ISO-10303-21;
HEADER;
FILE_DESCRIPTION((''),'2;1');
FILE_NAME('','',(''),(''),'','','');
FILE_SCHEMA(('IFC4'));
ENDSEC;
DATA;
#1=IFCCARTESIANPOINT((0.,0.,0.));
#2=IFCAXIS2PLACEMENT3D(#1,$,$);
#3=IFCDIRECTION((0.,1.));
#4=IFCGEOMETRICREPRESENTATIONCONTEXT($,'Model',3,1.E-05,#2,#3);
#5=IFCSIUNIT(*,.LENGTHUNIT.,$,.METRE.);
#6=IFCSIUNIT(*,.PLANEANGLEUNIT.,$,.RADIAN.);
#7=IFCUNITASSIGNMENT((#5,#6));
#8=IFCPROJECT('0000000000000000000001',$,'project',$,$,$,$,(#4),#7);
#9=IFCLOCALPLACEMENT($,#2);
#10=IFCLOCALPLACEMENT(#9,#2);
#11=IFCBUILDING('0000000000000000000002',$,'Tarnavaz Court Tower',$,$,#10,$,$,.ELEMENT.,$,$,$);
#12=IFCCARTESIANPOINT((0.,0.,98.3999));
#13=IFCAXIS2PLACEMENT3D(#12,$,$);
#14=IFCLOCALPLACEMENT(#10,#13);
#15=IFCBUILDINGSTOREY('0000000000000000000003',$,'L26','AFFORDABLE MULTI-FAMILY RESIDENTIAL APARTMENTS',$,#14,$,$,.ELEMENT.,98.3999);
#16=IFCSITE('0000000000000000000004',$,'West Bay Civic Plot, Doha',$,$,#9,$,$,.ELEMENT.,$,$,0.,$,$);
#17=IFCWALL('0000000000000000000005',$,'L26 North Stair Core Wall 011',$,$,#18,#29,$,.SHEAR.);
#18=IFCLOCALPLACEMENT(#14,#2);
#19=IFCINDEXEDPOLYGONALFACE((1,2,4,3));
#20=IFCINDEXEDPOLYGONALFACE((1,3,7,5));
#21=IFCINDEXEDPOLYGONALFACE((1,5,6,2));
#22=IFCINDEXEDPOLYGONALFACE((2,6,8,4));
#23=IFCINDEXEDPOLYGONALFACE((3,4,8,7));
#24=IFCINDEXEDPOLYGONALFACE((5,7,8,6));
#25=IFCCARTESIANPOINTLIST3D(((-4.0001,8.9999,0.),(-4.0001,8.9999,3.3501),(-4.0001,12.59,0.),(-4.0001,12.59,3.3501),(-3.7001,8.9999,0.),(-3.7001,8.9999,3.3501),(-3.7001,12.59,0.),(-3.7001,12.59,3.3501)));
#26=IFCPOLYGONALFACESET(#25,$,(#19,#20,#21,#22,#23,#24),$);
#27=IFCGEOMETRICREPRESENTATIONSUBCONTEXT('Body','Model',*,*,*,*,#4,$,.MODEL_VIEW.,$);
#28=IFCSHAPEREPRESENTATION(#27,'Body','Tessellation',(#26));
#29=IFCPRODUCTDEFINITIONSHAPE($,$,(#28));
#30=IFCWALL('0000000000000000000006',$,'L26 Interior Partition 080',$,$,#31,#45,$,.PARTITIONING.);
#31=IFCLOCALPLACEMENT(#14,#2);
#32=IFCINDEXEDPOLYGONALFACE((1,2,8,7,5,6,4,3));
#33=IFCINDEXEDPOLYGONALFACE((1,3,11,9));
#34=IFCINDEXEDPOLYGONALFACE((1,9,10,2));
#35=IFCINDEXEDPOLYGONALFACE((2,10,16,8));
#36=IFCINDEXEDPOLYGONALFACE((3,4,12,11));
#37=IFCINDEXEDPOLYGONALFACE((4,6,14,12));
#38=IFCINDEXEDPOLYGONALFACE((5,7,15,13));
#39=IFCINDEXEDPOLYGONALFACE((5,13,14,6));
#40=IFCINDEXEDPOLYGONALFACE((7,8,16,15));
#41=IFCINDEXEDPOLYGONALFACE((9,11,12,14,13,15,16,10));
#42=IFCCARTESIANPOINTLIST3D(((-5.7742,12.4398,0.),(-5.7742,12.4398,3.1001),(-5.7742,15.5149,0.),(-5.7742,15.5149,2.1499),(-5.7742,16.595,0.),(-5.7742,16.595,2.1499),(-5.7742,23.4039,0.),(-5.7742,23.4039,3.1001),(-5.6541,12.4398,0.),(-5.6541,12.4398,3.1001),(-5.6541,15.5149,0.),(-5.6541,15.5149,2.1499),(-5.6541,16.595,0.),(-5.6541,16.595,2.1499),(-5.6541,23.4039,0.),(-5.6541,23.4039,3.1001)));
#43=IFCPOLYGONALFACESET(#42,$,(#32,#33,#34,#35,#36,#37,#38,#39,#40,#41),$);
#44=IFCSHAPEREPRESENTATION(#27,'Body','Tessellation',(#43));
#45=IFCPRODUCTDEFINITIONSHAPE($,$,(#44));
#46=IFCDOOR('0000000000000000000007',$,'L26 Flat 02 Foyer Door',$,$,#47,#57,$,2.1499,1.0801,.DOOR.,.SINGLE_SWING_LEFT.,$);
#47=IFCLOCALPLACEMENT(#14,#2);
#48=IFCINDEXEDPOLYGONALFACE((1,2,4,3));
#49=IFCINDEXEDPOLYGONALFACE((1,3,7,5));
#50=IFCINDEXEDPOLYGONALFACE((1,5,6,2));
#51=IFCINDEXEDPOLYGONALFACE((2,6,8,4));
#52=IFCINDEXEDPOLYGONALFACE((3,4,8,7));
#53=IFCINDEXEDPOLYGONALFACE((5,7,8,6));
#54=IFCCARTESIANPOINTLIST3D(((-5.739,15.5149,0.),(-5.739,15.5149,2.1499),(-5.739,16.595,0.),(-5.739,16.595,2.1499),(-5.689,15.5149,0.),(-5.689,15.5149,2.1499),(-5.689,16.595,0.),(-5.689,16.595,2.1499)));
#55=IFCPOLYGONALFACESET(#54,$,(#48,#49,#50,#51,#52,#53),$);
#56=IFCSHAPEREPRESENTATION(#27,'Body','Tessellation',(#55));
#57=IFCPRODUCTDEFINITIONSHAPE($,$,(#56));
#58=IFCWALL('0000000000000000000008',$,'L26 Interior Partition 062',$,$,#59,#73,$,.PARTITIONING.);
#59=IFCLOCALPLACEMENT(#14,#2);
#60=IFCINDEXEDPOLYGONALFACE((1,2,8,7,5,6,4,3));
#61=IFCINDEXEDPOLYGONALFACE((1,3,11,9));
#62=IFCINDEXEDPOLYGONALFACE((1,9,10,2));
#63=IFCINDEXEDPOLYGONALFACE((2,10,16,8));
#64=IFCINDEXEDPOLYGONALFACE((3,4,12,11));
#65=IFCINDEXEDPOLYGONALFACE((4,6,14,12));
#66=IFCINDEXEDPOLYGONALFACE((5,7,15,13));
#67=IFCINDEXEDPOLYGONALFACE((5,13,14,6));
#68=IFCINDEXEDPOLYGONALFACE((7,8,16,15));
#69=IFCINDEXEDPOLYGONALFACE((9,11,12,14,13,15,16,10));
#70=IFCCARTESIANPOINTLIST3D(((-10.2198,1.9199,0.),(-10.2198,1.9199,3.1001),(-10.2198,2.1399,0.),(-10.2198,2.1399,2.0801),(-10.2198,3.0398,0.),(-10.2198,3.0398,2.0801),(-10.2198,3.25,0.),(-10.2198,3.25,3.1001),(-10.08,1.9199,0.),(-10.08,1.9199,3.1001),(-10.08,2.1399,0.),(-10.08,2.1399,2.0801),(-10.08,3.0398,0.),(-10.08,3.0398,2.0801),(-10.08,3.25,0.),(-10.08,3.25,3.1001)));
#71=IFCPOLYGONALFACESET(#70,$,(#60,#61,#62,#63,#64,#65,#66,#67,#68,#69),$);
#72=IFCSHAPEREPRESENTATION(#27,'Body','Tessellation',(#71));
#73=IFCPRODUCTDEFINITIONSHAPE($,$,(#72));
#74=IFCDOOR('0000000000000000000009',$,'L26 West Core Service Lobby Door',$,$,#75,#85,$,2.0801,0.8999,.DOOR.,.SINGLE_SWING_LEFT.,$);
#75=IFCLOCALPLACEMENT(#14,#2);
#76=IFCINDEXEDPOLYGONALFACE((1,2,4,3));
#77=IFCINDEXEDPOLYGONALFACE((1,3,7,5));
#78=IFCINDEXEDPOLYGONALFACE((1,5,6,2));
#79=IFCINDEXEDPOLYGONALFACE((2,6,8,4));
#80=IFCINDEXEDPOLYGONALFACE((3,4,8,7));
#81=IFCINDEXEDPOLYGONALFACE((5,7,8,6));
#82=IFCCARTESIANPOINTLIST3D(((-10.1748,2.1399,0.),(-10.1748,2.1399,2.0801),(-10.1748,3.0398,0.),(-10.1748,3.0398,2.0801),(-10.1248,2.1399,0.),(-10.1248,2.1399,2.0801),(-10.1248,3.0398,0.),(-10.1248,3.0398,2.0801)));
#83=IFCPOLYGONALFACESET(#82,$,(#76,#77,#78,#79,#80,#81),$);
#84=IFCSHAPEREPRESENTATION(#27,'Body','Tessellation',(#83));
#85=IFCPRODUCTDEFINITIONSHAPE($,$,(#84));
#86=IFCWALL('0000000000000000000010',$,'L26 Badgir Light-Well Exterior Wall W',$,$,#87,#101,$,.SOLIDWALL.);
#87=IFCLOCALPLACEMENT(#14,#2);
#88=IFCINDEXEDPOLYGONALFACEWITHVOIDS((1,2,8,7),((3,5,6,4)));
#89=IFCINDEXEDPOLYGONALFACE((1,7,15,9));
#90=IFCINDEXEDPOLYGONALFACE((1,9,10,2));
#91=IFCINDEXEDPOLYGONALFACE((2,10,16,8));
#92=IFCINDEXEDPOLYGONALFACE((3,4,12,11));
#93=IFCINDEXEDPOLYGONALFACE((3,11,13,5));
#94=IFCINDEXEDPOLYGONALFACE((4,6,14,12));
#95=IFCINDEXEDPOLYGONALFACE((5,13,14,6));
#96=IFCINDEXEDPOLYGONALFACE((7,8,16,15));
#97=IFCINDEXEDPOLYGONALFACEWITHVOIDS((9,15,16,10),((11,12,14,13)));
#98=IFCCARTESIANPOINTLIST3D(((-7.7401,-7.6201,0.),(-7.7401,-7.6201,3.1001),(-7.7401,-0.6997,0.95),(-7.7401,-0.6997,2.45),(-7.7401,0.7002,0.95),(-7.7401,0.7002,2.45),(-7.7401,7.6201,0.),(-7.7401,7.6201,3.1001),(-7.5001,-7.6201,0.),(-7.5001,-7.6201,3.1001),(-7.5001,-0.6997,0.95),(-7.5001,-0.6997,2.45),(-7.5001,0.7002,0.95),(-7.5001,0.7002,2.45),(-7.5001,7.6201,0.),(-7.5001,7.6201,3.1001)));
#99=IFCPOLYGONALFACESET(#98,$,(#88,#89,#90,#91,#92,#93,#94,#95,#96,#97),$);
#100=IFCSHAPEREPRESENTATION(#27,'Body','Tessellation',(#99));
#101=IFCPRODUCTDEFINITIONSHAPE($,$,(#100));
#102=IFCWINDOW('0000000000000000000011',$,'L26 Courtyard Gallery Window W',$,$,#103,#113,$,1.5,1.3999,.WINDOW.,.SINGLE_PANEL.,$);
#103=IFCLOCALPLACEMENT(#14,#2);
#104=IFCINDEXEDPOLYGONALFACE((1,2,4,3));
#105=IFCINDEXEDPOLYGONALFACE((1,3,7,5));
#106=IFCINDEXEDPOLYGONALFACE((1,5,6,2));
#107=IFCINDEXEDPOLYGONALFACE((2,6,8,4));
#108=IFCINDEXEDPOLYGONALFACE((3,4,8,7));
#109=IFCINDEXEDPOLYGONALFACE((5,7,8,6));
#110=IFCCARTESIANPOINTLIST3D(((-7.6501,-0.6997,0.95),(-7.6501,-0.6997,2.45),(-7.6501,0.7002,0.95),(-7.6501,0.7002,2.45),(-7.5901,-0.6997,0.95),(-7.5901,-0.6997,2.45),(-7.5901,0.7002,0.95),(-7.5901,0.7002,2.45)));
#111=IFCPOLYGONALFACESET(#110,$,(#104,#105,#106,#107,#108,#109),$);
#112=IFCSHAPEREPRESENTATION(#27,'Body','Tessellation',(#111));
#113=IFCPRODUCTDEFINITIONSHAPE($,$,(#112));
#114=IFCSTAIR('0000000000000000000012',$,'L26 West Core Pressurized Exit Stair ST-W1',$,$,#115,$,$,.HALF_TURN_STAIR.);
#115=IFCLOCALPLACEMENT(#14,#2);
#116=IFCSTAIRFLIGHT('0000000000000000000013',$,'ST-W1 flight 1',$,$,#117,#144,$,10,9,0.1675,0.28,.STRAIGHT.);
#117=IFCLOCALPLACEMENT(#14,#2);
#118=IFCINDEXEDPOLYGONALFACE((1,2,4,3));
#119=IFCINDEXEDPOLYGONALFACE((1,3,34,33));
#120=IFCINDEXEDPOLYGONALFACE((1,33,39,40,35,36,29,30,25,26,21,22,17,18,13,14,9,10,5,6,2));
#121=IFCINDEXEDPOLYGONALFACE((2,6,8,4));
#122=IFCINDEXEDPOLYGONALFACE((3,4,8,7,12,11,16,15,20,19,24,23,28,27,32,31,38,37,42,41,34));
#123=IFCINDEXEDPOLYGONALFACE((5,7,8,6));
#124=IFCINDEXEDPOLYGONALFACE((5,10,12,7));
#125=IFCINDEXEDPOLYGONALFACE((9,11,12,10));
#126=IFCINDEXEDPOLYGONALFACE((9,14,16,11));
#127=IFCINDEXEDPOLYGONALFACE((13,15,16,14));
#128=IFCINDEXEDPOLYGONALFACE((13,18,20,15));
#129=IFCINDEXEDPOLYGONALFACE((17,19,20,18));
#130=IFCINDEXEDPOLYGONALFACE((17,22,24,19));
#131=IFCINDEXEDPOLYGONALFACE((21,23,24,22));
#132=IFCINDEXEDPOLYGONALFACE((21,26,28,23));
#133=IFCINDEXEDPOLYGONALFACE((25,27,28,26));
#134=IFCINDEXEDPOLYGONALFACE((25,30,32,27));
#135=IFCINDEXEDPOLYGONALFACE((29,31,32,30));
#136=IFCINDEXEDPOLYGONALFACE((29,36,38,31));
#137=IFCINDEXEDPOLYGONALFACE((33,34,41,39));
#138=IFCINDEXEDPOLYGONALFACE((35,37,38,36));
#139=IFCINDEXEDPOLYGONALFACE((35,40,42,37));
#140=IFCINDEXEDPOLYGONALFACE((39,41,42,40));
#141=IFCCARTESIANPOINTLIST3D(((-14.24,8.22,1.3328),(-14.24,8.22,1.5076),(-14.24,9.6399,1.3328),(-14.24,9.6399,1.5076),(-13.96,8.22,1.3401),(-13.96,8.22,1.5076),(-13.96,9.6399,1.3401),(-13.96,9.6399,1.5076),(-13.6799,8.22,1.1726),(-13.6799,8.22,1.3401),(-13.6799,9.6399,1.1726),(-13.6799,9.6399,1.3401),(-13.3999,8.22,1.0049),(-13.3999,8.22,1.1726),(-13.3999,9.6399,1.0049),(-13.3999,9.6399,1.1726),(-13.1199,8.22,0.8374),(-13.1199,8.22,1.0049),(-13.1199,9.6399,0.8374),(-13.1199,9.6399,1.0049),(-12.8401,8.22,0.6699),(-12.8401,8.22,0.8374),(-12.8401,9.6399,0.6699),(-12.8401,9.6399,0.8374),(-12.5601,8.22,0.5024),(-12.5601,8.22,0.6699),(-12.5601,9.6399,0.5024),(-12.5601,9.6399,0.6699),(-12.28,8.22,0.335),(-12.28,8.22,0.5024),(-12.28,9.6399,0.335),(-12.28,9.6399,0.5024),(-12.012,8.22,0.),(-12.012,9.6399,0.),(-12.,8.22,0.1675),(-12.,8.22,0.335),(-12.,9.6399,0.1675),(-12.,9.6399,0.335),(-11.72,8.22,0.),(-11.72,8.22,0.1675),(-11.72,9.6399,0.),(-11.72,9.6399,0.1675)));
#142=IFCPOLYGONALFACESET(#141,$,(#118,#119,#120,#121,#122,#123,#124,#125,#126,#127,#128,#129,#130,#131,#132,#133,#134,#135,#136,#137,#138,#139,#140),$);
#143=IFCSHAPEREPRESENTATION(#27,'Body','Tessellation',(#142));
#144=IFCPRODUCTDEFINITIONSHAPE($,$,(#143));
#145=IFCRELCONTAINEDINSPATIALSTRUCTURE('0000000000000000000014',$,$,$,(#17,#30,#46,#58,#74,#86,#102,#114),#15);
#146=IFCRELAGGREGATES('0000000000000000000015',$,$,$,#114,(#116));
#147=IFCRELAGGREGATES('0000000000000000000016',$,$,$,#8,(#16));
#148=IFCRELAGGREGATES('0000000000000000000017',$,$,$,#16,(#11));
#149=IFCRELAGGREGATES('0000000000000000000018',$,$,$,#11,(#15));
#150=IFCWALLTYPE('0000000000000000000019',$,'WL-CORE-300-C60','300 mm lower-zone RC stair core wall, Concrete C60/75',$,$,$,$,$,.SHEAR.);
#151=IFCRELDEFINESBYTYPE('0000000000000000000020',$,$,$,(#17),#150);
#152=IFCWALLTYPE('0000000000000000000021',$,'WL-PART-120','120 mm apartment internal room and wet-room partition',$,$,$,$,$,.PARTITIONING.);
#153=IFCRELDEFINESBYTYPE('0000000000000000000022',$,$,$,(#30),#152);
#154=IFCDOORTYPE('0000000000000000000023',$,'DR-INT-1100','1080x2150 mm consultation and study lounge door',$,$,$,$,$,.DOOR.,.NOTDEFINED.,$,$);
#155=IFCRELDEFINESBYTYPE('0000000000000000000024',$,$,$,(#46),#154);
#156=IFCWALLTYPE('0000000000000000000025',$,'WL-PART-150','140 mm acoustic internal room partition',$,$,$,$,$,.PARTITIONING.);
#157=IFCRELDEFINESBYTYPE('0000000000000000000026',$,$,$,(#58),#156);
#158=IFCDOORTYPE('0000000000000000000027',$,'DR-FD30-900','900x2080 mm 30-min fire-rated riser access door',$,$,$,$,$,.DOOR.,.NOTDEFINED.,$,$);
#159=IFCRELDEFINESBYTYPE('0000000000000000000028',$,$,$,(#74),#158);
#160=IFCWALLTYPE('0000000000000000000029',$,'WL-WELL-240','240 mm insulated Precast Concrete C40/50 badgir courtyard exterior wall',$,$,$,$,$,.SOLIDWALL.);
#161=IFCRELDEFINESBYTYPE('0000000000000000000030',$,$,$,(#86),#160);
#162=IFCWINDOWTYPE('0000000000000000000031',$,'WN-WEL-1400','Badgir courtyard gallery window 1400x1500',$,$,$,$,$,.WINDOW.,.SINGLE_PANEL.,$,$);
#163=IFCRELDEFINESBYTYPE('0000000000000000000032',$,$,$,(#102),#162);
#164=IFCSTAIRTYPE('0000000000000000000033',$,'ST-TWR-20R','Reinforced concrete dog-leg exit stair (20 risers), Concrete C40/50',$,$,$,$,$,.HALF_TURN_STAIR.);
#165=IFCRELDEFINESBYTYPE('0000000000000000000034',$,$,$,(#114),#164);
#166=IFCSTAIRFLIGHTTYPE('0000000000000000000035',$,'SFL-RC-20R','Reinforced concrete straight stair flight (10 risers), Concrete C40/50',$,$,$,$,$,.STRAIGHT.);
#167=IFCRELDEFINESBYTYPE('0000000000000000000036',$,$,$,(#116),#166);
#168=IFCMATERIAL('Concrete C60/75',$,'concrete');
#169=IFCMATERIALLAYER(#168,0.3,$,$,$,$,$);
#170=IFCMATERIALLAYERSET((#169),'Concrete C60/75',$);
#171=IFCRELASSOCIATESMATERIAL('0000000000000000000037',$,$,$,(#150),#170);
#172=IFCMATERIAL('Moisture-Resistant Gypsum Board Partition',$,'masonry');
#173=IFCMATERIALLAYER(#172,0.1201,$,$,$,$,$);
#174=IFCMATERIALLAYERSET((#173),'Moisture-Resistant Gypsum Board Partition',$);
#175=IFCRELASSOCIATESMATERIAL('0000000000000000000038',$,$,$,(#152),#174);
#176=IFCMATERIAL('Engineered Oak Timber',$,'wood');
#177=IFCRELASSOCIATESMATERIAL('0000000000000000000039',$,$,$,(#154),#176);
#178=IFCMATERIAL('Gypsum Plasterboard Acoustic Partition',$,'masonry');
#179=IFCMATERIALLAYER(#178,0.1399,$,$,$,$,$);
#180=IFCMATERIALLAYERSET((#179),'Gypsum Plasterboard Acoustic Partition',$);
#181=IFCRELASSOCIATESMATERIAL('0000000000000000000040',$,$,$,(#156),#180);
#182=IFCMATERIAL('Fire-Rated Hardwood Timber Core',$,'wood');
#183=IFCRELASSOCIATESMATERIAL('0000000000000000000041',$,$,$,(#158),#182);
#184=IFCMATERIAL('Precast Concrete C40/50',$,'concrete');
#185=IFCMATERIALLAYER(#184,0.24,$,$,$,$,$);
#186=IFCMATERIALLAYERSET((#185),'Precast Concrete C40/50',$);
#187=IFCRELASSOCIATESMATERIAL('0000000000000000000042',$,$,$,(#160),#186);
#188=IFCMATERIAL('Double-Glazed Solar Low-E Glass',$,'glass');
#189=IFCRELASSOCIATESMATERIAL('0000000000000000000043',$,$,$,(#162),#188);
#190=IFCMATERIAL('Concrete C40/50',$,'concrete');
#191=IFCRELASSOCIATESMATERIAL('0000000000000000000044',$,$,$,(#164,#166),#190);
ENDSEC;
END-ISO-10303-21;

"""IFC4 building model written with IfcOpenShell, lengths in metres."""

from ifc_helpers import new_model, si_unit, direction, frame, frame_2d, origin, place, context, subcontext, project, spatial, polyline, rectangle, outline, extrude, material, layer, layer_set, type_object, element, fill, aggregate, save


model = new_model("IFC4")

# Units and contexts
model_context = context("Model", 3, precision=1e-05, world=origin(), true_north=direction((0.0, 1.0)))
body_context = subcontext(model_context, "Body", "Model", "MODEL_VIEW")
ifc_project = project(units=[si_unit("LENGTHUNIT", "METRE"), si_unit("PLANEANGLEUNIT", "RADIAN")], contexts=[model_context])

# Site, building, storey
site_placement = place(None, origin())
site = spatial("IfcSite", under=ifc_project, at=site_placement, Name="West Bay Civic Plot, Doha", CompositionType="ELEMENT", RefElevation=0.0)
building_placement = place(site_placement, origin())
building = spatial("IfcBuilding", under=site, at=building_placement, Name="Tarnavaz Court Tower", CompositionType="ELEMENT")
storey_placement = place(building_placement, frame((0.0, 0.0, 98.3999)))
storey = spatial("IfcBuildingStorey", under=building, at=storey_placement, Name="L26", Description="AFFORDABLE MULTI-FAMILY RESIDENTIAL APARTMENTS", CompositionType="ELEMENT", Elevation=98.3999)

# Shared definitions
ifc_material_1 = material(Name="Concrete C60/75", Category="concrete")

# Shared definitions
ifc_layer_1 = layer(ifc_material_1, 0.3)
ifc_layer_set_1 = layer_set([ifc_layer_1], Name="Concrete C60/75")
wall_type_1 = type_object("IfcWallType", Name="WL-CORE-300-C60", Description="300 mm lower-zone RC stair core wall, Concrete C60/75", PredefinedType="SHEAR", material=ifc_layer_set_1)

# Shared definitions
ifc_material_2 = material(Name="Fire-Rated Hardwood Timber Core", Category="wood")

# Wall
wall_1_placement = place(storey_placement, frame((-3.8501, 9.0, 0.0), z_axis=(0.0, 0.0, 1.0), x_axis=(0.0, 1.0, 0.0)))
element("IfcWall", 1, at=wall_1_placement, inside=storey, type_object=wall_type_1, Name="L26 North Stair Core Wall 011", PredefinedType="SHEAR", context=body_context, shape_type="SweptSolid", body=[
    extrude(rectangle(XDim=3.5901, YDim=0.3, at=frame_2d((1.7949, 0.0))), origin(), (0.0, 0.0, 1.0), 3.3501),
])

# Walls, openings, doors
ifc_material_3 = material(Name="Moisture-Resistant Gypsum Board Partition", Category="masonry")
ifc_layer_2 = layer(ifc_material_3, 0.1201)
ifc_layer_set_2 = layer_set([ifc_layer_2], Name="Moisture-Resistant Gypsum Board Partition")
wall_type_2 = type_object("IfcWallType", Name="WL-PART-120", Description="120 mm apartment internal room and wet-room partition", PredefinedType="PARTITIONING", material=ifc_layer_set_2)
wall_2_placement = place(storey_placement, frame((-5.7141, 12.4399, 0.0), z_axis=(0.0, 0.0, 1.0), x_axis=(0.0, 1.0, 0.0)))
wall_2 = element("IfcWall", 2, at=wall_2_placement, inside=storey, type_object=wall_type_2, Name="L26 Interior Partition 080", PredefinedType="PARTITIONING", context=body_context, shape_type="SweptSolid", body=[
    extrude(rectangle(XDim=10.9641, YDim=0.1201, at=frame_2d((5.4819, 0.0))), origin(), (0.0, 0.0, 1.0), 3.1001),
])
opening_1_placement = place(wall_2_placement, frame((3.075, 0.0, 0.0)))
opening_1 = element("IfcOpeningElement", 3, at=opening_1_placement, cuts=wall_2, PredefinedType="OPENING", context=body_context, shape_type="SweptSolid", body=[
    extrude(rectangle(XDim=1.0801, YDim=2.1499, at=frame_2d((0.54, 1.075))), frame((0.0, 0.0701, 0.0), z_axis=(0.0, -1.0, 0.0), x_axis=(1.0, 0.0, 0.0)), (0.0, 0.0, 1.0), 0.1401),
])
ifc_material_4 = material(Name="Engineered Oak Timber", Category="wood")
door_type_1 = type_object("IfcDoorType", Name="DR-INT-1100", Description="1080x2150 mm consultation and study lounge door", OperationType="NOTDEFINED", PredefinedType="DOOR", material=ifc_material_4)
door_1_placement = place(opening_1_placement, origin())
door_1 = element("IfcDoor", 4, at=door_1_placement, inside=storey, type_object=door_type_1, Name="L26 Flat 02 Foyer Door", OperationType="SINGLE_SWING_LEFT", OverallHeight=2.1499, OverallWidth=1.0801, PredefinedType="DOOR", context=body_context, shape_type="SweptSolid", body=[
    extrude(rectangle(XDim=1.0801, YDim=2.1499, at=frame_2d((0.54, 1.075))), frame((0.0, 0.0249, 0.0), z_axis=(0.0, -1.0, 0.0), x_axis=(1.0, 0.0, 0.0)), (0.0, 0.0, 1.0), 0.05),
])
fill(opening_1, door_1)
ifc_material_5 = material(Name="Gypsum Plasterboard Acoustic Partition", Category="masonry")
ifc_layer_3 = layer(ifc_material_5, 0.1399)
ifc_layer_set_3 = layer_set([ifc_layer_3], Name="Gypsum Plasterboard Acoustic Partition")
wall_type_3 = type_object("IfcWallType", Name="WL-PART-150", Description="140 mm acoustic internal room partition", PredefinedType="PARTITIONING", material=ifc_layer_set_3)
wall_3_placement = place(storey_placement, frame((-10.1499, 1.9199, 0.0), z_axis=(0.0, 0.0, 1.0), x_axis=(0.0, 1.0, 0.0)))
wall_3 = element("IfcWall", 5, at=wall_3_placement, inside=storey, type_object=wall_type_3, Name="L26 Interior Partition 062", PredefinedType="PARTITIONING", context=body_context, shape_type="SweptSolid", body=[
    extrude(rectangle(XDim=1.3301, YDim=0.1399, at=frame_2d((0.665, 0.0))), origin(), (0.0, 0.0, 1.0), 3.1001),
])
opening_2_placement = place(wall_3_placement, frame((0.22, 0.0, 0.0)))
opening_2 = element("IfcOpeningElement", 6, at=opening_2_placement, cuts=wall_3, PredefinedType="OPENING", context=body_context, shape_type="SweptSolid", body=[
    extrude(rectangle(XDim=0.8999, YDim=2.0801, at=frame_2d((0.45, 1.04))), frame((0.0, 0.0798, 0.0), z_axis=(0.0, -1.0, 0.0), x_axis=(1.0, 0.0, 0.0)), (0.0, 0.0, 1.0), 0.1599),
])
door_type_2 = type_object("IfcDoorType", Name="DR-FD30-900", Description="900x2080 mm 30-min fire-rated riser access door", OperationType="NOTDEFINED", PredefinedType="DOOR", material=ifc_material_2)
door_2_placement = place(opening_2_placement, origin())
door_2 = element("IfcDoor", 7, at=door_2_placement, inside=storey, type_object=door_type_2, Name="L26 West Core Service Lobby Door", OperationType="SINGLE_SWING_LEFT", OverallHeight=2.0801, OverallWidth=0.8999, PredefinedType="DOOR", context=body_context, shape_type="SweptSolid", body=[
    extrude(rectangle(XDim=0.8999, YDim=2.0801, at=frame_2d((0.45, 1.04))), frame((0.0, 0.0249, 0.0), z_axis=(0.0, -1.0, 0.0), x_axis=(1.0, 0.0, 0.0)), (0.0, 0.0, 1.0), 0.05),
])
fill(opening_2, door_2)

# Wall, opening, window
ifc_material_6 = material(Name="Precast Concrete C40/50", Category="concrete")
ifc_layer_4 = layer(ifc_material_6, 0.24)
ifc_layer_set_4 = layer_set([ifc_layer_4], Name="Precast Concrete C40/50")
wall_type_4 = type_object("IfcWallType", Name="WL-WELL-240", Description="240 mm insulated Precast Concrete C40/50 badgir courtyard exterior wall", PredefinedType="SOLIDWALL", material=ifc_layer_set_4)
wall_4_placement = place(storey_placement, frame((-7.6201, 7.6201, 0.0), z_axis=(0.0, 0.0, 1.0), x_axis=(0.0, -1.0, 0.0)))
wall_4 = element("IfcWall", 8, at=wall_4_placement, inside=storey, type_object=wall_type_4, Name="L26 Badgir Light-Well Exterior Wall W", PredefinedType="SOLIDWALL", context=body_context, shape_type="SweptSolid", body=[
    extrude(rectangle(XDim=15.2402, YDim=0.24, at=frame_2d((7.6201, 0.0))), origin(), (0.0, 0.0, 1.0), 3.1001),
])
opening_3_placement = place(wall_4_placement, frame((6.9199, 0.0, 0.95)))
opening_3 = element("IfcOpeningElement", 9, at=opening_3_placement, cuts=wall_4, PredefinedType="OPENING", context=body_context, shape_type="SweptSolid", body=[
    extrude(rectangle(XDim=1.3999, YDim=1.5, at=frame_2d((0.7, 0.75))), frame((0.0, 0.1299, 0.0), z_axis=(0.0, -1.0, 0.0), x_axis=(1.0, 0.0, 0.0)), (0.0, 0.0, 1.0), 0.26),
])
ifc_material_7 = material(Name="Double-Glazed Solar Low-E Glass", Category="glass")
window_type = type_object("IfcWindowType", Name="WN-WEL-1400", Description="Badgir courtyard gallery window 1400x1500", PartitioningType="SINGLE_PANEL", PredefinedType="WINDOW", material=ifc_material_7)
window_placement = place(opening_3_placement, origin())
window = element("IfcWindow", 10, at=window_placement, inside=storey, type_object=window_type, Name="L26 Courtyard Gallery Window W", OverallHeight=1.5, OverallWidth=1.3999, PartitioningType="SINGLE_PANEL", PredefinedType="WINDOW", context=body_context, shape_type="SweptSolid", body=[
    extrude(rectangle(XDim=1.3999, YDim=1.5, at=frame_2d((0.7, 0.75))), frame((0.0, 0.03, 0.0), z_axis=(0.0, -1.0, 0.0), x_axis=(1.0, 0.0, 0.0)), (0.0, 0.0, 1.0), 0.0601),
])
fill(opening_3, window)

# Stair, stair flight
ifc_material_8 = material(Name="Concrete C40/50", Category="concrete")
stair_type = type_object("IfcStairType", Name="ST-TWR-20R", Description="Reinforced concrete dog-leg exit stair (20 risers), Concrete C40/50", PredefinedType="HALF_TURN_STAIR", material=ifc_material_8)
stair_1_placement = place(storey_placement, origin())
stair_1 = element("IfcStair", 11, at=stair_1_placement, inside=storey, type_object=stair_type, Name="L26 West Core Pressurized Exit Stair ST-W1", PredefinedType="HALF_TURN_STAIR")
stair_flight_type = type_object("IfcStairFlightType", Name="SFL-RC-20R", Description="Reinforced concrete straight stair flight (10 risers), Concrete C40/50", PredefinedType="STRAIGHT", material=ifc_material_8)
stair_flight_1_placement = place(storey_placement, frame((-11.72, 8.9299, 0.0), z_axis=(0.0, 0.0, 1.0), x_axis=(-1.0, 0.0, 0.0)))
stair_flight_1 = element("IfcStairFlight", 12, at=stair_flight_1_placement, type_object=stair_flight_type, Name="ST-W1 flight 1", NumberOfRisers=10, NumberOfTreads=9, PredefinedType="STRAIGHT", RiserHeight=0.1675, TreadLength=0.28, context=body_context, shape_type="SweptSolid", body=[
    extrude(outline(polyline([(0.0, 0.0), (0.0, 0.1675), (0.28, 0.1675), (0.28, 0.335), (0.5601, 0.335), (0.5601, 0.5024), (0.8401, 0.5024), (0.8401, 0.6699), (1.1201, 0.6699), (1.1201, 0.8374), (1.3999, 0.8374), (1.3999, 1.0049), (1.6799, 1.0049), (1.6799, 1.1726), (1.96, 1.1726), (1.96, 1.3401), (2.24, 1.3401), (2.24, 1.5076), (2.52, 1.5076), (2.52, 1.675), (2.52, 1.3328), (0.292, 0.0), (0.0, 0.0)])), frame((0.0, 0.71, 0.0), z_axis=(0.0, -1.0, 0.0), x_axis=(1.0, 0.0, 0.0)), (0.0, 0.0, 1.0), 1.4199),
])
aggregate(stair_1, [stair_flight_1])

save(model, "model.ifc")
